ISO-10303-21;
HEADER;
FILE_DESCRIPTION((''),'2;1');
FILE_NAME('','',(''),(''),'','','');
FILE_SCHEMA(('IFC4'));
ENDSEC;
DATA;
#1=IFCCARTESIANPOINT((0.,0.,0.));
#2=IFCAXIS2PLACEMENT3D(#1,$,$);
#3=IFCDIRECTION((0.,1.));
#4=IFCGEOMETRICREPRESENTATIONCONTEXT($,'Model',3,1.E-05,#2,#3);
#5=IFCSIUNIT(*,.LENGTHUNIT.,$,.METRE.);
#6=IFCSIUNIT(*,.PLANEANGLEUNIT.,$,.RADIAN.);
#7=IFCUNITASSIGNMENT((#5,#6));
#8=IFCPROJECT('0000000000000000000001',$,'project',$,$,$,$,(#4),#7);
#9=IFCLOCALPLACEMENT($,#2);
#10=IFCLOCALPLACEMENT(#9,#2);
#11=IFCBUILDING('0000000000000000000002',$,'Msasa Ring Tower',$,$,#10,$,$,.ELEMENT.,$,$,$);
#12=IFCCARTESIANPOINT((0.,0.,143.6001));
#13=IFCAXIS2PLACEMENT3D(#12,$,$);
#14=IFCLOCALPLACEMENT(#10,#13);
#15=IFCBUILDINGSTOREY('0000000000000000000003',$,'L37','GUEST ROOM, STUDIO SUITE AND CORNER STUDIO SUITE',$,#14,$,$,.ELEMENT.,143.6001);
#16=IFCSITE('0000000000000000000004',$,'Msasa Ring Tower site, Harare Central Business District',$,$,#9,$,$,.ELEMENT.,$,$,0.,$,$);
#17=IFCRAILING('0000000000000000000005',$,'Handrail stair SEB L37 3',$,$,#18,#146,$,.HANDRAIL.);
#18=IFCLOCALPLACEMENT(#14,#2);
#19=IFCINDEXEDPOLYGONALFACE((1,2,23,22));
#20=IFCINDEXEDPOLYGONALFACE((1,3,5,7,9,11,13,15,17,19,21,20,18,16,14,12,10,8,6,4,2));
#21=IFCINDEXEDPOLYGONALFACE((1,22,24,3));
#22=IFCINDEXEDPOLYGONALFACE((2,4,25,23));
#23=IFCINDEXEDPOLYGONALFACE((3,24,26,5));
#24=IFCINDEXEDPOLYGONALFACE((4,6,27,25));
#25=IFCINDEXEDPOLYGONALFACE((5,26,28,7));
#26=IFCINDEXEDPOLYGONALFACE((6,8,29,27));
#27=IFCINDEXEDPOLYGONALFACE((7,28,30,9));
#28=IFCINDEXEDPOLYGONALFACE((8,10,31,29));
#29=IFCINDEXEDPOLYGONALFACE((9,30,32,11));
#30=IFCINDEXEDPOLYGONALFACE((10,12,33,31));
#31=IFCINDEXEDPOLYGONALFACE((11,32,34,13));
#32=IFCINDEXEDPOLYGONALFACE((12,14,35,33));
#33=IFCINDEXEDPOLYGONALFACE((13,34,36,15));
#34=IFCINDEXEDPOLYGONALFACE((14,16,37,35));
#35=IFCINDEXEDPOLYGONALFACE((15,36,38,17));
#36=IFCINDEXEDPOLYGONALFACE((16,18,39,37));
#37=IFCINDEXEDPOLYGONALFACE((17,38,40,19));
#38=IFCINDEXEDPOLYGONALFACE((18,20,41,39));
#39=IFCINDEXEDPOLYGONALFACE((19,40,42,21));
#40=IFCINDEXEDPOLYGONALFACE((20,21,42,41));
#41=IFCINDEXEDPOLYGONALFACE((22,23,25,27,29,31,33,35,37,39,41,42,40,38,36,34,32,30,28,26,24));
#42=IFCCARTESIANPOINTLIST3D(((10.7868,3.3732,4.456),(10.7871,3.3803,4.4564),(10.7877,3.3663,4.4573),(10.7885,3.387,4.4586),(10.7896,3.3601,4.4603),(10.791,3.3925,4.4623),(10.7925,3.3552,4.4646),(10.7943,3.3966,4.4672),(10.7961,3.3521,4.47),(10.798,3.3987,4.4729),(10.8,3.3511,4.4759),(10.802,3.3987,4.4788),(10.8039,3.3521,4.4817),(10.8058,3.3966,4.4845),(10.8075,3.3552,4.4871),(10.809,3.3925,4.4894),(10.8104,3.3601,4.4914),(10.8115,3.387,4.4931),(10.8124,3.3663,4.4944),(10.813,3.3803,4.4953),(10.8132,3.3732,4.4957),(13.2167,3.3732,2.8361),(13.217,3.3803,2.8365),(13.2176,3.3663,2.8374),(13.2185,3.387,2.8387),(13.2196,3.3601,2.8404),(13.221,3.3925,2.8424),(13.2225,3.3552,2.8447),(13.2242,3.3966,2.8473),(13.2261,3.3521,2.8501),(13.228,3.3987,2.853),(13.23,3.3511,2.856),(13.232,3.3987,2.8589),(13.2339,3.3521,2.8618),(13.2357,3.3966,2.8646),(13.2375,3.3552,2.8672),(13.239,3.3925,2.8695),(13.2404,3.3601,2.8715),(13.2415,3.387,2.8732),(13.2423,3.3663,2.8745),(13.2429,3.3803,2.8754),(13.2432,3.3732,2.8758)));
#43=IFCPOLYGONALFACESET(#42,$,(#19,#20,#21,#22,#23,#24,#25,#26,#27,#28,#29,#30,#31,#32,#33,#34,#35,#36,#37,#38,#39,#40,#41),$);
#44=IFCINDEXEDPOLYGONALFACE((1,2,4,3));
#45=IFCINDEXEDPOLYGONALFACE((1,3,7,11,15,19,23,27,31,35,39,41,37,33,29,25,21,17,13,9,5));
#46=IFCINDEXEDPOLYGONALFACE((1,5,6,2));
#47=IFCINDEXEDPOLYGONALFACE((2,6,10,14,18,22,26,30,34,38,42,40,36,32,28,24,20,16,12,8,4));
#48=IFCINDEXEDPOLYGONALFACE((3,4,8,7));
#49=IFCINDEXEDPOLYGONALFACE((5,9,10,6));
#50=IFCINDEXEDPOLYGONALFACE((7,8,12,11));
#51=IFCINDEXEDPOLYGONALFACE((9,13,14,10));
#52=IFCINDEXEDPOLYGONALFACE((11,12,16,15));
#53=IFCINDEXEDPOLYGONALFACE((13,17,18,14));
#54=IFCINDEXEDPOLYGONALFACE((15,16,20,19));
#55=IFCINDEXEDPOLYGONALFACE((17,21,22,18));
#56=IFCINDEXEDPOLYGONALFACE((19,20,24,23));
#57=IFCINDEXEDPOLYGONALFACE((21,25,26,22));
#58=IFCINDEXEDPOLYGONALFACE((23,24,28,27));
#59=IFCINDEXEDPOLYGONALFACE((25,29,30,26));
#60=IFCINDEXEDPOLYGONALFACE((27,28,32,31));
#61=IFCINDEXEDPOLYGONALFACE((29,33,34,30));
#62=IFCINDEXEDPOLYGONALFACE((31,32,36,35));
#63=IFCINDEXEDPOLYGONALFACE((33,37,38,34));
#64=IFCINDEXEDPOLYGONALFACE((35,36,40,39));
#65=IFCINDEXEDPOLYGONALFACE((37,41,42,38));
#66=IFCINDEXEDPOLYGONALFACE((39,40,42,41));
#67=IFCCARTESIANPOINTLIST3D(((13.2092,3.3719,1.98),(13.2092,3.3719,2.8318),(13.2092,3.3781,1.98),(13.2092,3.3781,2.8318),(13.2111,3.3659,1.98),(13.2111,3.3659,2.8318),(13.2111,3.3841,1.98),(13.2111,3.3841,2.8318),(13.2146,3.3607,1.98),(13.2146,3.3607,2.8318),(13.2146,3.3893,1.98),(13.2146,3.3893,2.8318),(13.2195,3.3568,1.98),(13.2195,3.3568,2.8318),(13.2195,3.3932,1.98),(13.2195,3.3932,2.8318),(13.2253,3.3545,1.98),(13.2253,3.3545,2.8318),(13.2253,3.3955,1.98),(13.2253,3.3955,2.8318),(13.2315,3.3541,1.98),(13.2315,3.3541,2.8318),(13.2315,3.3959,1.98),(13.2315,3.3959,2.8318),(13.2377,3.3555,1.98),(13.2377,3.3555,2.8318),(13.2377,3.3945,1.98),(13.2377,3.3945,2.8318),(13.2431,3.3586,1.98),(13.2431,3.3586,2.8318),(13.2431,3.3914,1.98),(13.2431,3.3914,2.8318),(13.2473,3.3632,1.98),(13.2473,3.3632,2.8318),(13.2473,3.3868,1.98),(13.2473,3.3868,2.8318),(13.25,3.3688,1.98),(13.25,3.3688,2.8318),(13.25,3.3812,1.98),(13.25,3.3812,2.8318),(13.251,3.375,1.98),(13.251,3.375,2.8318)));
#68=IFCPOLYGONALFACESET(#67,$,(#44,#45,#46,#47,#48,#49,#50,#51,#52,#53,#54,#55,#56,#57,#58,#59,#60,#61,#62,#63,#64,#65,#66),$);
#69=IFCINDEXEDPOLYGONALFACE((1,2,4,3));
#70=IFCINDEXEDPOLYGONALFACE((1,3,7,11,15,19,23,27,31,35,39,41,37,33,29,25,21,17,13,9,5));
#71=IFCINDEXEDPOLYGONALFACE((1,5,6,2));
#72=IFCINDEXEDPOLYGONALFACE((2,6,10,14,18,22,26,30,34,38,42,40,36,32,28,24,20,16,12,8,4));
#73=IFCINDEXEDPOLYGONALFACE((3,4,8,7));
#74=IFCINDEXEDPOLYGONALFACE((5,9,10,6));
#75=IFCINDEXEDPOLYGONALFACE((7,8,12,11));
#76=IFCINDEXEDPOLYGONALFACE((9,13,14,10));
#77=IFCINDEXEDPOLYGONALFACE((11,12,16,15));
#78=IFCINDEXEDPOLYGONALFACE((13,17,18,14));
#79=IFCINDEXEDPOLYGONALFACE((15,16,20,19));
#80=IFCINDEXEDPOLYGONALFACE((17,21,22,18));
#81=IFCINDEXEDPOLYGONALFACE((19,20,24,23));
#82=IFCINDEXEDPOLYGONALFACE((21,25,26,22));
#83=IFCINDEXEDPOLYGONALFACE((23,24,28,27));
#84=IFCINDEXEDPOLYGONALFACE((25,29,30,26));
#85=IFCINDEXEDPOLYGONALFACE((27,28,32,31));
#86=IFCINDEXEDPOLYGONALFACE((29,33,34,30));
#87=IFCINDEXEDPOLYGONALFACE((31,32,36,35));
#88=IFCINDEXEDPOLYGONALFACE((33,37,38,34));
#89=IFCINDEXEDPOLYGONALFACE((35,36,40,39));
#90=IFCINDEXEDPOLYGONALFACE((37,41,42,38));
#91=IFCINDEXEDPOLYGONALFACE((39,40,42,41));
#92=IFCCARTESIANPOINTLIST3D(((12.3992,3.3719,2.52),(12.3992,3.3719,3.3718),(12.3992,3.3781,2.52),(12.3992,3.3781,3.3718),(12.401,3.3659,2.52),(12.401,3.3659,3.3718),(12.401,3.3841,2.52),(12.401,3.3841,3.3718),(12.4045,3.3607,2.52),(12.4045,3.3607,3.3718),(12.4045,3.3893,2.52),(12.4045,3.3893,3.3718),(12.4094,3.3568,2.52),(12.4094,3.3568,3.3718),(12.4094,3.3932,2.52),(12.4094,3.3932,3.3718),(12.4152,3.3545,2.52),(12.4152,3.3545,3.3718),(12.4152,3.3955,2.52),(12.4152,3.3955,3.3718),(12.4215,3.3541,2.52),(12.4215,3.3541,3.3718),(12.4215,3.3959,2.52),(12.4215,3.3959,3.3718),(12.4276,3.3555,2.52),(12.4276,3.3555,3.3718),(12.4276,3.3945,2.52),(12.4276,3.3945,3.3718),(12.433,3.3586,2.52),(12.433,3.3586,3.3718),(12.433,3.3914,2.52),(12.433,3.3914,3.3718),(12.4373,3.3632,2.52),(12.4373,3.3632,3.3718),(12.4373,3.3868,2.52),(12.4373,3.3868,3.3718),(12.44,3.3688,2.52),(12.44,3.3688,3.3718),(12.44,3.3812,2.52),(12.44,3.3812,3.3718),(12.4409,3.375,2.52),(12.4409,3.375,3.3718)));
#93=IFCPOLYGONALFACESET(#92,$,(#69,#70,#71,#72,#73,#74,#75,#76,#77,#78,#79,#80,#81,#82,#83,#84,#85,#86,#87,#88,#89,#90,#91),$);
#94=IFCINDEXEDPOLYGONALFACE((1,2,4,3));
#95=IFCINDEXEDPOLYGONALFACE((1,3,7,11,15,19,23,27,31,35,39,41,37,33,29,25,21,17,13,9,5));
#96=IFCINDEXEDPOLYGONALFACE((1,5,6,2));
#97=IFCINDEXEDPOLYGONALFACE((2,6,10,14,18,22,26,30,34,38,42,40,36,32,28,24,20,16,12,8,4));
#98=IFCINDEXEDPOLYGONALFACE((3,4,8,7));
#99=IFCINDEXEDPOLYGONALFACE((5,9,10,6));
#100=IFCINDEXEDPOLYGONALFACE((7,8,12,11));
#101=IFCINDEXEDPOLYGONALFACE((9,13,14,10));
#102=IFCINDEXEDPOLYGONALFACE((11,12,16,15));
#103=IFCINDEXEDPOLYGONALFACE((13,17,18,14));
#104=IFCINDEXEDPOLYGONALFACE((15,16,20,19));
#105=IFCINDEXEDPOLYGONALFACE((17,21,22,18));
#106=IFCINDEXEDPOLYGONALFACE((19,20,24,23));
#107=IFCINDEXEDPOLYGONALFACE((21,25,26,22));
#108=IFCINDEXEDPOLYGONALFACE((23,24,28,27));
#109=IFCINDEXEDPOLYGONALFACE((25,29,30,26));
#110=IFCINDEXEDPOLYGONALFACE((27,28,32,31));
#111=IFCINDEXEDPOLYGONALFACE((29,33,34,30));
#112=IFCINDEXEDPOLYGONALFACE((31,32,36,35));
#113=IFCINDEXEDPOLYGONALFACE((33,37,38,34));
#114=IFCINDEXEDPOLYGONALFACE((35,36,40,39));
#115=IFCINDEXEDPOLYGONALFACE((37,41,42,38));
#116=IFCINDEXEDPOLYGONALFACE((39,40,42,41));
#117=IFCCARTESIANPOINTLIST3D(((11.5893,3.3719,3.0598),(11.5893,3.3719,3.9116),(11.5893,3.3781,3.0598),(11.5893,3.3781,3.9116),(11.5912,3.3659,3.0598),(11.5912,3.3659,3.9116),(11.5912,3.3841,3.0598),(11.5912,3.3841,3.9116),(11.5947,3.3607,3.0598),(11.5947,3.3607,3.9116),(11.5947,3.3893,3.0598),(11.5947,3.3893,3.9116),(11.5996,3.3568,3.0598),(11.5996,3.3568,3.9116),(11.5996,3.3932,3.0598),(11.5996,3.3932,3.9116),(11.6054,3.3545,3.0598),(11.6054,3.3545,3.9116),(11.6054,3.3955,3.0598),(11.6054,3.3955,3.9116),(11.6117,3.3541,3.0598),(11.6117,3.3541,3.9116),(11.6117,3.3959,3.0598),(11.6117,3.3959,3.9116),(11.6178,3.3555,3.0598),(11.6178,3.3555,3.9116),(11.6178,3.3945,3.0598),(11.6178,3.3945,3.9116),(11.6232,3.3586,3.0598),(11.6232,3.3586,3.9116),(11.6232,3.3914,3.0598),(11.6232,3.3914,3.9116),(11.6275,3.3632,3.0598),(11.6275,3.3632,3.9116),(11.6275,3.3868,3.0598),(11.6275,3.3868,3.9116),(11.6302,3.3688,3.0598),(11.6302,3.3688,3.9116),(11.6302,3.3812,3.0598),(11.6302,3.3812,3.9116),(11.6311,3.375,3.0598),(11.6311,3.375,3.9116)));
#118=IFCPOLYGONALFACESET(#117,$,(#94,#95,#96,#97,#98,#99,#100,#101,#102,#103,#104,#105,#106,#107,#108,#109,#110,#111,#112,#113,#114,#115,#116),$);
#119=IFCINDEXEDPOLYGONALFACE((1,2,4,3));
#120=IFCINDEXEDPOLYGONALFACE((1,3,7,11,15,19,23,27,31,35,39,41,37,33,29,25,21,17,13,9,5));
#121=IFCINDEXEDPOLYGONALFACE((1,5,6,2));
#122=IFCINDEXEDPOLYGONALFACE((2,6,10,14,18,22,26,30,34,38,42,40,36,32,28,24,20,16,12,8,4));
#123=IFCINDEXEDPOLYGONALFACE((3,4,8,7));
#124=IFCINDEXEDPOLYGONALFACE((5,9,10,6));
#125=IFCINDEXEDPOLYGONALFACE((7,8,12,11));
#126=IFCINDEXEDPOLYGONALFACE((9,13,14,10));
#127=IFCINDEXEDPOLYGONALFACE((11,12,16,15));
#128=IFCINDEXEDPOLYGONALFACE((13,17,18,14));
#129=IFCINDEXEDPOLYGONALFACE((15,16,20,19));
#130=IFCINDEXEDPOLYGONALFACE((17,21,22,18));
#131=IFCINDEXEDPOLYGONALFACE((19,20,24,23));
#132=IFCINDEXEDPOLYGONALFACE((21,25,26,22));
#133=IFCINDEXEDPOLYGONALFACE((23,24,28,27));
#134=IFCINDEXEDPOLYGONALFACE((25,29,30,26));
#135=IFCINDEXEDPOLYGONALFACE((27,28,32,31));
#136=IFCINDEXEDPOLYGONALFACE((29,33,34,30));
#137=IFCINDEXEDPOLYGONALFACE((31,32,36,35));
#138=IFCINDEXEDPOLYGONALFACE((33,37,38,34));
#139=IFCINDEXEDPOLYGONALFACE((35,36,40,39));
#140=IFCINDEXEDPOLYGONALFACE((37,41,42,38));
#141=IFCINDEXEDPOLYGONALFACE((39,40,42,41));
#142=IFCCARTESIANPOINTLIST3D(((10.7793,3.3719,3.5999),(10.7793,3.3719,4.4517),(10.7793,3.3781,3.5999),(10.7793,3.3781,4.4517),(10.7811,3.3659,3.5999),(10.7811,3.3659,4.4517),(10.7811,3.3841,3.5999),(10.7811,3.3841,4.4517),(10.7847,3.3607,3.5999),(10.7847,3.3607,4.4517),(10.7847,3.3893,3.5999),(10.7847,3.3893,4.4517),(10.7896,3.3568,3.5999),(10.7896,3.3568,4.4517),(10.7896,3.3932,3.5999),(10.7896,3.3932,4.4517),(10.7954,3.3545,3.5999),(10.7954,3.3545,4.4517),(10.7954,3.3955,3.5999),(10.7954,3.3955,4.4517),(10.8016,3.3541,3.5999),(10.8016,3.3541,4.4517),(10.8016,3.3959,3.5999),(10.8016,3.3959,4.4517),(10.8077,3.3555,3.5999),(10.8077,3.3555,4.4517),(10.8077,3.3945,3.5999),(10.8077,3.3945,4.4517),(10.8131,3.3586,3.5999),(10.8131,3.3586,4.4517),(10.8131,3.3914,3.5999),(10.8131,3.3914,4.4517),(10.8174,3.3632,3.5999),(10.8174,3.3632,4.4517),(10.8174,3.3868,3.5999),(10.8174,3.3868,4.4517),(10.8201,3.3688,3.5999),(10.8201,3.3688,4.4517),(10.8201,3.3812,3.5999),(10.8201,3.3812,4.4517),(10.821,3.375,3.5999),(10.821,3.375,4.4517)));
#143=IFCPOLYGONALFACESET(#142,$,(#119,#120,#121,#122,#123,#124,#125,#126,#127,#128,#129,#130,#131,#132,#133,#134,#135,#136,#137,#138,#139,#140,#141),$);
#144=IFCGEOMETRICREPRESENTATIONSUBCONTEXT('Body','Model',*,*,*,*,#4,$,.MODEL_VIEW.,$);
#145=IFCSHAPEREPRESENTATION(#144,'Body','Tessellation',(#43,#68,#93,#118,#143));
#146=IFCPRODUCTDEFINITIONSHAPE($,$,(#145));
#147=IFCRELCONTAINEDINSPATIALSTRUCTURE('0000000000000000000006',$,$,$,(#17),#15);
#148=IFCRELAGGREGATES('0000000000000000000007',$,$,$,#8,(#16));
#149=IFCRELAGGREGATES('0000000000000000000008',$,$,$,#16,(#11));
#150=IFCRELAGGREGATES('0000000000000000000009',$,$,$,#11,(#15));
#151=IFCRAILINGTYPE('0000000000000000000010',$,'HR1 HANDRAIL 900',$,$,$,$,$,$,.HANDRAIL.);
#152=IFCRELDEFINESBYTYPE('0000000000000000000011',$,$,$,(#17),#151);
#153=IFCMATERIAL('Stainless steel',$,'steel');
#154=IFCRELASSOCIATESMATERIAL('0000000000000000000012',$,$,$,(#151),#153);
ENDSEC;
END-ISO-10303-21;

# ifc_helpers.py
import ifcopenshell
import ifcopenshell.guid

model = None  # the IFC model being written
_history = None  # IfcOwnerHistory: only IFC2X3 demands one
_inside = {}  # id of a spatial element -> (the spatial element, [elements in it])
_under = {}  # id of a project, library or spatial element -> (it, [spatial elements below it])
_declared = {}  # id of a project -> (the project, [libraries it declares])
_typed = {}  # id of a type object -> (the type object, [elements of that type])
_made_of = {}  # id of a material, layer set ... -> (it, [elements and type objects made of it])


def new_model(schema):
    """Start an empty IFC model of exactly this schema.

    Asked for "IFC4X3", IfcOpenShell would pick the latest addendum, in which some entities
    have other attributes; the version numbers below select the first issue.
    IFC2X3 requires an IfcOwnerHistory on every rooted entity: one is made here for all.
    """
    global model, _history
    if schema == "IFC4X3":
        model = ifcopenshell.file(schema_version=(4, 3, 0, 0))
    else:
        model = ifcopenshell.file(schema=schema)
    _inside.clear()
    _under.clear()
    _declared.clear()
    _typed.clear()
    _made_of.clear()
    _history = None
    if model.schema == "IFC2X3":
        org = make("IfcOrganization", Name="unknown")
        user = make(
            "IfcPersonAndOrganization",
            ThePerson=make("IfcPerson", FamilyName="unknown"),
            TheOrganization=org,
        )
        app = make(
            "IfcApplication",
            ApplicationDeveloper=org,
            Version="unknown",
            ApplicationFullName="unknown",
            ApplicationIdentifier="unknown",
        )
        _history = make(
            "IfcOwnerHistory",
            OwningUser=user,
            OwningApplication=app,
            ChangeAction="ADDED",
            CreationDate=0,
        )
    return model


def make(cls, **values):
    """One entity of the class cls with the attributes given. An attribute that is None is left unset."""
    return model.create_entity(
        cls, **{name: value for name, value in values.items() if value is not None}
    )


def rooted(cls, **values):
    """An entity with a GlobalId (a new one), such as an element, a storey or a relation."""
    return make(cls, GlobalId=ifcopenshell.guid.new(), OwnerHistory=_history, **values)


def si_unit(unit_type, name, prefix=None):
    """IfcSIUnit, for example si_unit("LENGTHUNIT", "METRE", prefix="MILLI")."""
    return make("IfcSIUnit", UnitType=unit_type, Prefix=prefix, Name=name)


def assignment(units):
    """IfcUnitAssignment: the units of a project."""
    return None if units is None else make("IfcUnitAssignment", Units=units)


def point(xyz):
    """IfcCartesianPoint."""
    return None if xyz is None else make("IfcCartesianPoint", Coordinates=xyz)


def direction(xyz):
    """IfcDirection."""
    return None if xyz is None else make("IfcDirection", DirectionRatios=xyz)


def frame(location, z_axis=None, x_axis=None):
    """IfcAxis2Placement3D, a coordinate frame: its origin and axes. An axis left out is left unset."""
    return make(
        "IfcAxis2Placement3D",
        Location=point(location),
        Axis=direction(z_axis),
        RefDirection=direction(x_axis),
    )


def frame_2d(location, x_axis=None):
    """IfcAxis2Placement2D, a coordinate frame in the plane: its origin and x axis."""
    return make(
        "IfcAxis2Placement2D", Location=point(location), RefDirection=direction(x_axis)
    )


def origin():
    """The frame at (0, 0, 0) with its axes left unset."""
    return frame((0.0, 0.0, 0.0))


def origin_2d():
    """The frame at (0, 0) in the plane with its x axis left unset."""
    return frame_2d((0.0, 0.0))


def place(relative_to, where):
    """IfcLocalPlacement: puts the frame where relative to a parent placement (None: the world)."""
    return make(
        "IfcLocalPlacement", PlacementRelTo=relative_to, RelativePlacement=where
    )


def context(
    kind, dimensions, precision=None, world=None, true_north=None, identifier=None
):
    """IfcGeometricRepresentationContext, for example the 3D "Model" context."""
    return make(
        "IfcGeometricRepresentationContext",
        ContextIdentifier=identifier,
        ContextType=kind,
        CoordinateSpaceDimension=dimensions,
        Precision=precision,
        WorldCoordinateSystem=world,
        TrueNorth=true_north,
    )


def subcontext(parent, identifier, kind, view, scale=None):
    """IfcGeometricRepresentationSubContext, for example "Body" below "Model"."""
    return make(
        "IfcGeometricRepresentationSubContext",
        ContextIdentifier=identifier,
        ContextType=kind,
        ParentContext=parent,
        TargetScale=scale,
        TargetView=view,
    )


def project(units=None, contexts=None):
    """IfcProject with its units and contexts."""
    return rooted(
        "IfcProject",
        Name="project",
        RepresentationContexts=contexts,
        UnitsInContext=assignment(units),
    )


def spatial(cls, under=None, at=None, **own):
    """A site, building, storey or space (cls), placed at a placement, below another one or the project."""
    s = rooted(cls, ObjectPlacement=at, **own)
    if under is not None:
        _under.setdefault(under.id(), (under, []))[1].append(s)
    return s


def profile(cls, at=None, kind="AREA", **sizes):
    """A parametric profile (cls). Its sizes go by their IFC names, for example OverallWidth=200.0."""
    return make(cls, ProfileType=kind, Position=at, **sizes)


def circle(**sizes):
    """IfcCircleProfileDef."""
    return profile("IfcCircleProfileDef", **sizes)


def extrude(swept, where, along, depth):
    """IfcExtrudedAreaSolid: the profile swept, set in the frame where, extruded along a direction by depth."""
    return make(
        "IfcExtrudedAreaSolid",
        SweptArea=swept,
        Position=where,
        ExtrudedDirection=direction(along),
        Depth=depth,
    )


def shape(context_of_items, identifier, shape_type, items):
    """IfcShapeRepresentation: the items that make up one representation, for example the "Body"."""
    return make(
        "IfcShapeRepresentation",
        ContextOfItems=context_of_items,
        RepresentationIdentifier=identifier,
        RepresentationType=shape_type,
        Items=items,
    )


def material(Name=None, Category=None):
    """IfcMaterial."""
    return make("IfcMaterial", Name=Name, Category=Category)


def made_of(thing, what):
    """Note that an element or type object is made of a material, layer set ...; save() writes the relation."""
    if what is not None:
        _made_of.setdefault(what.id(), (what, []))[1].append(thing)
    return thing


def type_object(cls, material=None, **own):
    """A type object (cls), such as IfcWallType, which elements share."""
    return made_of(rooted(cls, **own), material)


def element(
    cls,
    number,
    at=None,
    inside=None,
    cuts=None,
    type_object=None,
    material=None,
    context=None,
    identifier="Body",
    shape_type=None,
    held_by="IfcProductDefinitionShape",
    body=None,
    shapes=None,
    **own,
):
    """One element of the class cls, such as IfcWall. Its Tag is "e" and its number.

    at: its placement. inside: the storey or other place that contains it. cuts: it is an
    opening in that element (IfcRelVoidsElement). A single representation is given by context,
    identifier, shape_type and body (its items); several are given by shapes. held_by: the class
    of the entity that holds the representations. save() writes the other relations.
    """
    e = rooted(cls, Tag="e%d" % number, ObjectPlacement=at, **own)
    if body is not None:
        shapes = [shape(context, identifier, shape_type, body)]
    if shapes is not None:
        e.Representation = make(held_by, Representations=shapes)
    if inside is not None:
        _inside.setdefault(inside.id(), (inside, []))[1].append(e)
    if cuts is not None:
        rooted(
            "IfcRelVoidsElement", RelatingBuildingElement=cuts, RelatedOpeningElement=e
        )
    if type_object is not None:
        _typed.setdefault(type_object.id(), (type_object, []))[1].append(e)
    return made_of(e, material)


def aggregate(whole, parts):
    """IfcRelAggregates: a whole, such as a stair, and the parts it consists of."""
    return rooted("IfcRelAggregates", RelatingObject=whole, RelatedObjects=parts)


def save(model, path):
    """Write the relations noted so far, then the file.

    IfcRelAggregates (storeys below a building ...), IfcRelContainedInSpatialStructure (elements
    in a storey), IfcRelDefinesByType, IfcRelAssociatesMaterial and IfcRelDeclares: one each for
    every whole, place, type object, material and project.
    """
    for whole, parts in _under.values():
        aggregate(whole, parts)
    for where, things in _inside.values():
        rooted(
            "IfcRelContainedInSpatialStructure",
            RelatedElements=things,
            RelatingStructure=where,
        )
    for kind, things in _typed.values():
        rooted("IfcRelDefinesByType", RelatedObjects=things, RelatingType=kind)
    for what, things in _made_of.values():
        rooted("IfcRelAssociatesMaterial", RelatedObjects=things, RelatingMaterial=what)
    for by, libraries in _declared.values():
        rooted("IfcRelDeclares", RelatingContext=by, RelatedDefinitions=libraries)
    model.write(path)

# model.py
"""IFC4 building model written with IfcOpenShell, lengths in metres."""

from ifc_helpers import new_model, si_unit, direction, frame, origin, origin_2d, place, context, subcontext, project, spatial, circle, extrude, material, type_object, element, save


model = new_model("IFC4")

# Units and contexts
model_context = context("Model", 3, precision=1e-05, world=origin(), true_north=direction((0.0, 1.0)))
body_context = subcontext(model_context, "Body", "Model", "MODEL_VIEW")
ifc_project = project(units=[si_unit("LENGTHUNIT", "METRE"), si_unit("PLANEANGLEUNIT", "RADIAN")], contexts=[model_context])

# Site, building, storey
site_placement = place(None, origin())
site = spatial("IfcSite", under=ifc_project, at=site_placement, Name="Msasa Ring Tower site, Harare Central Business District", CompositionType="ELEMENT", RefElevation=0.0)
building_placement = place(site_placement, origin())
building = spatial("IfcBuilding", under=site, at=building_placement, Name="Msasa Ring Tower", CompositionType="ELEMENT")
storey_placement = place(building_placement, frame((0.0, 0.0, 143.6001)))
storey = spatial("IfcBuildingStorey", under=building, at=storey_placement, Name="L37", Description="GUEST ROOM, STUDIO SUITE AND CORNER STUDIO SUITE", CompositionType="ELEMENT", Elevation=143.6001)

# Railing
ifc_material_1 = material(Name="Stainless steel", Category="steel")
railing_type = type_object("IfcRailingType", Name="HR1 HANDRAIL 900", PredefinedType="HANDRAIL", material=ifc_material_1)
for number, where, name in (
    (1, (13.23, 3.375, 1.98), "Handrail stair SEB L37 3"),
):
    element("IfcRailing", number, at=place(storey_placement, frame(where)), inside=storey, type_object=railing_type, Name=name, PredefinedType="HANDRAIL", context=body_context, shape_type="SweptSolid", body=[
        extrude(circle(Radius=0.0239, at=origin_2d()), frame((0.0, 0.0, 0.876), z_axis=(-0.832063, 0.0, 0.554681), x_axis=(0.0, -1.0, 0.0)), (0.0, 0.0, 1.0), 2.9204),
        extrude(circle(Radius=0.021, at=origin_2d()), origin(), (0.0, 0.0, 1.0), 0.8518),
        extrude(circle(Radius=0.021, at=origin_2d()), frame((-0.8101, 0.0, 0.54)), (0.0, 0.0, 1.0), 0.8518),
        extrude(circle(Radius=0.021, at=origin_2d()), frame((-1.6199, 0.0, 1.0798)), (0.0, 0.0, 1.0), 0.8518),
        extrude(circle(Radius=0.021, at=origin_2d()), frame((-2.4299, 0.0, 1.6199)), (0.0, 0.0, 1.0), 0.8518),
    ])

save(model, "model.ifc")
